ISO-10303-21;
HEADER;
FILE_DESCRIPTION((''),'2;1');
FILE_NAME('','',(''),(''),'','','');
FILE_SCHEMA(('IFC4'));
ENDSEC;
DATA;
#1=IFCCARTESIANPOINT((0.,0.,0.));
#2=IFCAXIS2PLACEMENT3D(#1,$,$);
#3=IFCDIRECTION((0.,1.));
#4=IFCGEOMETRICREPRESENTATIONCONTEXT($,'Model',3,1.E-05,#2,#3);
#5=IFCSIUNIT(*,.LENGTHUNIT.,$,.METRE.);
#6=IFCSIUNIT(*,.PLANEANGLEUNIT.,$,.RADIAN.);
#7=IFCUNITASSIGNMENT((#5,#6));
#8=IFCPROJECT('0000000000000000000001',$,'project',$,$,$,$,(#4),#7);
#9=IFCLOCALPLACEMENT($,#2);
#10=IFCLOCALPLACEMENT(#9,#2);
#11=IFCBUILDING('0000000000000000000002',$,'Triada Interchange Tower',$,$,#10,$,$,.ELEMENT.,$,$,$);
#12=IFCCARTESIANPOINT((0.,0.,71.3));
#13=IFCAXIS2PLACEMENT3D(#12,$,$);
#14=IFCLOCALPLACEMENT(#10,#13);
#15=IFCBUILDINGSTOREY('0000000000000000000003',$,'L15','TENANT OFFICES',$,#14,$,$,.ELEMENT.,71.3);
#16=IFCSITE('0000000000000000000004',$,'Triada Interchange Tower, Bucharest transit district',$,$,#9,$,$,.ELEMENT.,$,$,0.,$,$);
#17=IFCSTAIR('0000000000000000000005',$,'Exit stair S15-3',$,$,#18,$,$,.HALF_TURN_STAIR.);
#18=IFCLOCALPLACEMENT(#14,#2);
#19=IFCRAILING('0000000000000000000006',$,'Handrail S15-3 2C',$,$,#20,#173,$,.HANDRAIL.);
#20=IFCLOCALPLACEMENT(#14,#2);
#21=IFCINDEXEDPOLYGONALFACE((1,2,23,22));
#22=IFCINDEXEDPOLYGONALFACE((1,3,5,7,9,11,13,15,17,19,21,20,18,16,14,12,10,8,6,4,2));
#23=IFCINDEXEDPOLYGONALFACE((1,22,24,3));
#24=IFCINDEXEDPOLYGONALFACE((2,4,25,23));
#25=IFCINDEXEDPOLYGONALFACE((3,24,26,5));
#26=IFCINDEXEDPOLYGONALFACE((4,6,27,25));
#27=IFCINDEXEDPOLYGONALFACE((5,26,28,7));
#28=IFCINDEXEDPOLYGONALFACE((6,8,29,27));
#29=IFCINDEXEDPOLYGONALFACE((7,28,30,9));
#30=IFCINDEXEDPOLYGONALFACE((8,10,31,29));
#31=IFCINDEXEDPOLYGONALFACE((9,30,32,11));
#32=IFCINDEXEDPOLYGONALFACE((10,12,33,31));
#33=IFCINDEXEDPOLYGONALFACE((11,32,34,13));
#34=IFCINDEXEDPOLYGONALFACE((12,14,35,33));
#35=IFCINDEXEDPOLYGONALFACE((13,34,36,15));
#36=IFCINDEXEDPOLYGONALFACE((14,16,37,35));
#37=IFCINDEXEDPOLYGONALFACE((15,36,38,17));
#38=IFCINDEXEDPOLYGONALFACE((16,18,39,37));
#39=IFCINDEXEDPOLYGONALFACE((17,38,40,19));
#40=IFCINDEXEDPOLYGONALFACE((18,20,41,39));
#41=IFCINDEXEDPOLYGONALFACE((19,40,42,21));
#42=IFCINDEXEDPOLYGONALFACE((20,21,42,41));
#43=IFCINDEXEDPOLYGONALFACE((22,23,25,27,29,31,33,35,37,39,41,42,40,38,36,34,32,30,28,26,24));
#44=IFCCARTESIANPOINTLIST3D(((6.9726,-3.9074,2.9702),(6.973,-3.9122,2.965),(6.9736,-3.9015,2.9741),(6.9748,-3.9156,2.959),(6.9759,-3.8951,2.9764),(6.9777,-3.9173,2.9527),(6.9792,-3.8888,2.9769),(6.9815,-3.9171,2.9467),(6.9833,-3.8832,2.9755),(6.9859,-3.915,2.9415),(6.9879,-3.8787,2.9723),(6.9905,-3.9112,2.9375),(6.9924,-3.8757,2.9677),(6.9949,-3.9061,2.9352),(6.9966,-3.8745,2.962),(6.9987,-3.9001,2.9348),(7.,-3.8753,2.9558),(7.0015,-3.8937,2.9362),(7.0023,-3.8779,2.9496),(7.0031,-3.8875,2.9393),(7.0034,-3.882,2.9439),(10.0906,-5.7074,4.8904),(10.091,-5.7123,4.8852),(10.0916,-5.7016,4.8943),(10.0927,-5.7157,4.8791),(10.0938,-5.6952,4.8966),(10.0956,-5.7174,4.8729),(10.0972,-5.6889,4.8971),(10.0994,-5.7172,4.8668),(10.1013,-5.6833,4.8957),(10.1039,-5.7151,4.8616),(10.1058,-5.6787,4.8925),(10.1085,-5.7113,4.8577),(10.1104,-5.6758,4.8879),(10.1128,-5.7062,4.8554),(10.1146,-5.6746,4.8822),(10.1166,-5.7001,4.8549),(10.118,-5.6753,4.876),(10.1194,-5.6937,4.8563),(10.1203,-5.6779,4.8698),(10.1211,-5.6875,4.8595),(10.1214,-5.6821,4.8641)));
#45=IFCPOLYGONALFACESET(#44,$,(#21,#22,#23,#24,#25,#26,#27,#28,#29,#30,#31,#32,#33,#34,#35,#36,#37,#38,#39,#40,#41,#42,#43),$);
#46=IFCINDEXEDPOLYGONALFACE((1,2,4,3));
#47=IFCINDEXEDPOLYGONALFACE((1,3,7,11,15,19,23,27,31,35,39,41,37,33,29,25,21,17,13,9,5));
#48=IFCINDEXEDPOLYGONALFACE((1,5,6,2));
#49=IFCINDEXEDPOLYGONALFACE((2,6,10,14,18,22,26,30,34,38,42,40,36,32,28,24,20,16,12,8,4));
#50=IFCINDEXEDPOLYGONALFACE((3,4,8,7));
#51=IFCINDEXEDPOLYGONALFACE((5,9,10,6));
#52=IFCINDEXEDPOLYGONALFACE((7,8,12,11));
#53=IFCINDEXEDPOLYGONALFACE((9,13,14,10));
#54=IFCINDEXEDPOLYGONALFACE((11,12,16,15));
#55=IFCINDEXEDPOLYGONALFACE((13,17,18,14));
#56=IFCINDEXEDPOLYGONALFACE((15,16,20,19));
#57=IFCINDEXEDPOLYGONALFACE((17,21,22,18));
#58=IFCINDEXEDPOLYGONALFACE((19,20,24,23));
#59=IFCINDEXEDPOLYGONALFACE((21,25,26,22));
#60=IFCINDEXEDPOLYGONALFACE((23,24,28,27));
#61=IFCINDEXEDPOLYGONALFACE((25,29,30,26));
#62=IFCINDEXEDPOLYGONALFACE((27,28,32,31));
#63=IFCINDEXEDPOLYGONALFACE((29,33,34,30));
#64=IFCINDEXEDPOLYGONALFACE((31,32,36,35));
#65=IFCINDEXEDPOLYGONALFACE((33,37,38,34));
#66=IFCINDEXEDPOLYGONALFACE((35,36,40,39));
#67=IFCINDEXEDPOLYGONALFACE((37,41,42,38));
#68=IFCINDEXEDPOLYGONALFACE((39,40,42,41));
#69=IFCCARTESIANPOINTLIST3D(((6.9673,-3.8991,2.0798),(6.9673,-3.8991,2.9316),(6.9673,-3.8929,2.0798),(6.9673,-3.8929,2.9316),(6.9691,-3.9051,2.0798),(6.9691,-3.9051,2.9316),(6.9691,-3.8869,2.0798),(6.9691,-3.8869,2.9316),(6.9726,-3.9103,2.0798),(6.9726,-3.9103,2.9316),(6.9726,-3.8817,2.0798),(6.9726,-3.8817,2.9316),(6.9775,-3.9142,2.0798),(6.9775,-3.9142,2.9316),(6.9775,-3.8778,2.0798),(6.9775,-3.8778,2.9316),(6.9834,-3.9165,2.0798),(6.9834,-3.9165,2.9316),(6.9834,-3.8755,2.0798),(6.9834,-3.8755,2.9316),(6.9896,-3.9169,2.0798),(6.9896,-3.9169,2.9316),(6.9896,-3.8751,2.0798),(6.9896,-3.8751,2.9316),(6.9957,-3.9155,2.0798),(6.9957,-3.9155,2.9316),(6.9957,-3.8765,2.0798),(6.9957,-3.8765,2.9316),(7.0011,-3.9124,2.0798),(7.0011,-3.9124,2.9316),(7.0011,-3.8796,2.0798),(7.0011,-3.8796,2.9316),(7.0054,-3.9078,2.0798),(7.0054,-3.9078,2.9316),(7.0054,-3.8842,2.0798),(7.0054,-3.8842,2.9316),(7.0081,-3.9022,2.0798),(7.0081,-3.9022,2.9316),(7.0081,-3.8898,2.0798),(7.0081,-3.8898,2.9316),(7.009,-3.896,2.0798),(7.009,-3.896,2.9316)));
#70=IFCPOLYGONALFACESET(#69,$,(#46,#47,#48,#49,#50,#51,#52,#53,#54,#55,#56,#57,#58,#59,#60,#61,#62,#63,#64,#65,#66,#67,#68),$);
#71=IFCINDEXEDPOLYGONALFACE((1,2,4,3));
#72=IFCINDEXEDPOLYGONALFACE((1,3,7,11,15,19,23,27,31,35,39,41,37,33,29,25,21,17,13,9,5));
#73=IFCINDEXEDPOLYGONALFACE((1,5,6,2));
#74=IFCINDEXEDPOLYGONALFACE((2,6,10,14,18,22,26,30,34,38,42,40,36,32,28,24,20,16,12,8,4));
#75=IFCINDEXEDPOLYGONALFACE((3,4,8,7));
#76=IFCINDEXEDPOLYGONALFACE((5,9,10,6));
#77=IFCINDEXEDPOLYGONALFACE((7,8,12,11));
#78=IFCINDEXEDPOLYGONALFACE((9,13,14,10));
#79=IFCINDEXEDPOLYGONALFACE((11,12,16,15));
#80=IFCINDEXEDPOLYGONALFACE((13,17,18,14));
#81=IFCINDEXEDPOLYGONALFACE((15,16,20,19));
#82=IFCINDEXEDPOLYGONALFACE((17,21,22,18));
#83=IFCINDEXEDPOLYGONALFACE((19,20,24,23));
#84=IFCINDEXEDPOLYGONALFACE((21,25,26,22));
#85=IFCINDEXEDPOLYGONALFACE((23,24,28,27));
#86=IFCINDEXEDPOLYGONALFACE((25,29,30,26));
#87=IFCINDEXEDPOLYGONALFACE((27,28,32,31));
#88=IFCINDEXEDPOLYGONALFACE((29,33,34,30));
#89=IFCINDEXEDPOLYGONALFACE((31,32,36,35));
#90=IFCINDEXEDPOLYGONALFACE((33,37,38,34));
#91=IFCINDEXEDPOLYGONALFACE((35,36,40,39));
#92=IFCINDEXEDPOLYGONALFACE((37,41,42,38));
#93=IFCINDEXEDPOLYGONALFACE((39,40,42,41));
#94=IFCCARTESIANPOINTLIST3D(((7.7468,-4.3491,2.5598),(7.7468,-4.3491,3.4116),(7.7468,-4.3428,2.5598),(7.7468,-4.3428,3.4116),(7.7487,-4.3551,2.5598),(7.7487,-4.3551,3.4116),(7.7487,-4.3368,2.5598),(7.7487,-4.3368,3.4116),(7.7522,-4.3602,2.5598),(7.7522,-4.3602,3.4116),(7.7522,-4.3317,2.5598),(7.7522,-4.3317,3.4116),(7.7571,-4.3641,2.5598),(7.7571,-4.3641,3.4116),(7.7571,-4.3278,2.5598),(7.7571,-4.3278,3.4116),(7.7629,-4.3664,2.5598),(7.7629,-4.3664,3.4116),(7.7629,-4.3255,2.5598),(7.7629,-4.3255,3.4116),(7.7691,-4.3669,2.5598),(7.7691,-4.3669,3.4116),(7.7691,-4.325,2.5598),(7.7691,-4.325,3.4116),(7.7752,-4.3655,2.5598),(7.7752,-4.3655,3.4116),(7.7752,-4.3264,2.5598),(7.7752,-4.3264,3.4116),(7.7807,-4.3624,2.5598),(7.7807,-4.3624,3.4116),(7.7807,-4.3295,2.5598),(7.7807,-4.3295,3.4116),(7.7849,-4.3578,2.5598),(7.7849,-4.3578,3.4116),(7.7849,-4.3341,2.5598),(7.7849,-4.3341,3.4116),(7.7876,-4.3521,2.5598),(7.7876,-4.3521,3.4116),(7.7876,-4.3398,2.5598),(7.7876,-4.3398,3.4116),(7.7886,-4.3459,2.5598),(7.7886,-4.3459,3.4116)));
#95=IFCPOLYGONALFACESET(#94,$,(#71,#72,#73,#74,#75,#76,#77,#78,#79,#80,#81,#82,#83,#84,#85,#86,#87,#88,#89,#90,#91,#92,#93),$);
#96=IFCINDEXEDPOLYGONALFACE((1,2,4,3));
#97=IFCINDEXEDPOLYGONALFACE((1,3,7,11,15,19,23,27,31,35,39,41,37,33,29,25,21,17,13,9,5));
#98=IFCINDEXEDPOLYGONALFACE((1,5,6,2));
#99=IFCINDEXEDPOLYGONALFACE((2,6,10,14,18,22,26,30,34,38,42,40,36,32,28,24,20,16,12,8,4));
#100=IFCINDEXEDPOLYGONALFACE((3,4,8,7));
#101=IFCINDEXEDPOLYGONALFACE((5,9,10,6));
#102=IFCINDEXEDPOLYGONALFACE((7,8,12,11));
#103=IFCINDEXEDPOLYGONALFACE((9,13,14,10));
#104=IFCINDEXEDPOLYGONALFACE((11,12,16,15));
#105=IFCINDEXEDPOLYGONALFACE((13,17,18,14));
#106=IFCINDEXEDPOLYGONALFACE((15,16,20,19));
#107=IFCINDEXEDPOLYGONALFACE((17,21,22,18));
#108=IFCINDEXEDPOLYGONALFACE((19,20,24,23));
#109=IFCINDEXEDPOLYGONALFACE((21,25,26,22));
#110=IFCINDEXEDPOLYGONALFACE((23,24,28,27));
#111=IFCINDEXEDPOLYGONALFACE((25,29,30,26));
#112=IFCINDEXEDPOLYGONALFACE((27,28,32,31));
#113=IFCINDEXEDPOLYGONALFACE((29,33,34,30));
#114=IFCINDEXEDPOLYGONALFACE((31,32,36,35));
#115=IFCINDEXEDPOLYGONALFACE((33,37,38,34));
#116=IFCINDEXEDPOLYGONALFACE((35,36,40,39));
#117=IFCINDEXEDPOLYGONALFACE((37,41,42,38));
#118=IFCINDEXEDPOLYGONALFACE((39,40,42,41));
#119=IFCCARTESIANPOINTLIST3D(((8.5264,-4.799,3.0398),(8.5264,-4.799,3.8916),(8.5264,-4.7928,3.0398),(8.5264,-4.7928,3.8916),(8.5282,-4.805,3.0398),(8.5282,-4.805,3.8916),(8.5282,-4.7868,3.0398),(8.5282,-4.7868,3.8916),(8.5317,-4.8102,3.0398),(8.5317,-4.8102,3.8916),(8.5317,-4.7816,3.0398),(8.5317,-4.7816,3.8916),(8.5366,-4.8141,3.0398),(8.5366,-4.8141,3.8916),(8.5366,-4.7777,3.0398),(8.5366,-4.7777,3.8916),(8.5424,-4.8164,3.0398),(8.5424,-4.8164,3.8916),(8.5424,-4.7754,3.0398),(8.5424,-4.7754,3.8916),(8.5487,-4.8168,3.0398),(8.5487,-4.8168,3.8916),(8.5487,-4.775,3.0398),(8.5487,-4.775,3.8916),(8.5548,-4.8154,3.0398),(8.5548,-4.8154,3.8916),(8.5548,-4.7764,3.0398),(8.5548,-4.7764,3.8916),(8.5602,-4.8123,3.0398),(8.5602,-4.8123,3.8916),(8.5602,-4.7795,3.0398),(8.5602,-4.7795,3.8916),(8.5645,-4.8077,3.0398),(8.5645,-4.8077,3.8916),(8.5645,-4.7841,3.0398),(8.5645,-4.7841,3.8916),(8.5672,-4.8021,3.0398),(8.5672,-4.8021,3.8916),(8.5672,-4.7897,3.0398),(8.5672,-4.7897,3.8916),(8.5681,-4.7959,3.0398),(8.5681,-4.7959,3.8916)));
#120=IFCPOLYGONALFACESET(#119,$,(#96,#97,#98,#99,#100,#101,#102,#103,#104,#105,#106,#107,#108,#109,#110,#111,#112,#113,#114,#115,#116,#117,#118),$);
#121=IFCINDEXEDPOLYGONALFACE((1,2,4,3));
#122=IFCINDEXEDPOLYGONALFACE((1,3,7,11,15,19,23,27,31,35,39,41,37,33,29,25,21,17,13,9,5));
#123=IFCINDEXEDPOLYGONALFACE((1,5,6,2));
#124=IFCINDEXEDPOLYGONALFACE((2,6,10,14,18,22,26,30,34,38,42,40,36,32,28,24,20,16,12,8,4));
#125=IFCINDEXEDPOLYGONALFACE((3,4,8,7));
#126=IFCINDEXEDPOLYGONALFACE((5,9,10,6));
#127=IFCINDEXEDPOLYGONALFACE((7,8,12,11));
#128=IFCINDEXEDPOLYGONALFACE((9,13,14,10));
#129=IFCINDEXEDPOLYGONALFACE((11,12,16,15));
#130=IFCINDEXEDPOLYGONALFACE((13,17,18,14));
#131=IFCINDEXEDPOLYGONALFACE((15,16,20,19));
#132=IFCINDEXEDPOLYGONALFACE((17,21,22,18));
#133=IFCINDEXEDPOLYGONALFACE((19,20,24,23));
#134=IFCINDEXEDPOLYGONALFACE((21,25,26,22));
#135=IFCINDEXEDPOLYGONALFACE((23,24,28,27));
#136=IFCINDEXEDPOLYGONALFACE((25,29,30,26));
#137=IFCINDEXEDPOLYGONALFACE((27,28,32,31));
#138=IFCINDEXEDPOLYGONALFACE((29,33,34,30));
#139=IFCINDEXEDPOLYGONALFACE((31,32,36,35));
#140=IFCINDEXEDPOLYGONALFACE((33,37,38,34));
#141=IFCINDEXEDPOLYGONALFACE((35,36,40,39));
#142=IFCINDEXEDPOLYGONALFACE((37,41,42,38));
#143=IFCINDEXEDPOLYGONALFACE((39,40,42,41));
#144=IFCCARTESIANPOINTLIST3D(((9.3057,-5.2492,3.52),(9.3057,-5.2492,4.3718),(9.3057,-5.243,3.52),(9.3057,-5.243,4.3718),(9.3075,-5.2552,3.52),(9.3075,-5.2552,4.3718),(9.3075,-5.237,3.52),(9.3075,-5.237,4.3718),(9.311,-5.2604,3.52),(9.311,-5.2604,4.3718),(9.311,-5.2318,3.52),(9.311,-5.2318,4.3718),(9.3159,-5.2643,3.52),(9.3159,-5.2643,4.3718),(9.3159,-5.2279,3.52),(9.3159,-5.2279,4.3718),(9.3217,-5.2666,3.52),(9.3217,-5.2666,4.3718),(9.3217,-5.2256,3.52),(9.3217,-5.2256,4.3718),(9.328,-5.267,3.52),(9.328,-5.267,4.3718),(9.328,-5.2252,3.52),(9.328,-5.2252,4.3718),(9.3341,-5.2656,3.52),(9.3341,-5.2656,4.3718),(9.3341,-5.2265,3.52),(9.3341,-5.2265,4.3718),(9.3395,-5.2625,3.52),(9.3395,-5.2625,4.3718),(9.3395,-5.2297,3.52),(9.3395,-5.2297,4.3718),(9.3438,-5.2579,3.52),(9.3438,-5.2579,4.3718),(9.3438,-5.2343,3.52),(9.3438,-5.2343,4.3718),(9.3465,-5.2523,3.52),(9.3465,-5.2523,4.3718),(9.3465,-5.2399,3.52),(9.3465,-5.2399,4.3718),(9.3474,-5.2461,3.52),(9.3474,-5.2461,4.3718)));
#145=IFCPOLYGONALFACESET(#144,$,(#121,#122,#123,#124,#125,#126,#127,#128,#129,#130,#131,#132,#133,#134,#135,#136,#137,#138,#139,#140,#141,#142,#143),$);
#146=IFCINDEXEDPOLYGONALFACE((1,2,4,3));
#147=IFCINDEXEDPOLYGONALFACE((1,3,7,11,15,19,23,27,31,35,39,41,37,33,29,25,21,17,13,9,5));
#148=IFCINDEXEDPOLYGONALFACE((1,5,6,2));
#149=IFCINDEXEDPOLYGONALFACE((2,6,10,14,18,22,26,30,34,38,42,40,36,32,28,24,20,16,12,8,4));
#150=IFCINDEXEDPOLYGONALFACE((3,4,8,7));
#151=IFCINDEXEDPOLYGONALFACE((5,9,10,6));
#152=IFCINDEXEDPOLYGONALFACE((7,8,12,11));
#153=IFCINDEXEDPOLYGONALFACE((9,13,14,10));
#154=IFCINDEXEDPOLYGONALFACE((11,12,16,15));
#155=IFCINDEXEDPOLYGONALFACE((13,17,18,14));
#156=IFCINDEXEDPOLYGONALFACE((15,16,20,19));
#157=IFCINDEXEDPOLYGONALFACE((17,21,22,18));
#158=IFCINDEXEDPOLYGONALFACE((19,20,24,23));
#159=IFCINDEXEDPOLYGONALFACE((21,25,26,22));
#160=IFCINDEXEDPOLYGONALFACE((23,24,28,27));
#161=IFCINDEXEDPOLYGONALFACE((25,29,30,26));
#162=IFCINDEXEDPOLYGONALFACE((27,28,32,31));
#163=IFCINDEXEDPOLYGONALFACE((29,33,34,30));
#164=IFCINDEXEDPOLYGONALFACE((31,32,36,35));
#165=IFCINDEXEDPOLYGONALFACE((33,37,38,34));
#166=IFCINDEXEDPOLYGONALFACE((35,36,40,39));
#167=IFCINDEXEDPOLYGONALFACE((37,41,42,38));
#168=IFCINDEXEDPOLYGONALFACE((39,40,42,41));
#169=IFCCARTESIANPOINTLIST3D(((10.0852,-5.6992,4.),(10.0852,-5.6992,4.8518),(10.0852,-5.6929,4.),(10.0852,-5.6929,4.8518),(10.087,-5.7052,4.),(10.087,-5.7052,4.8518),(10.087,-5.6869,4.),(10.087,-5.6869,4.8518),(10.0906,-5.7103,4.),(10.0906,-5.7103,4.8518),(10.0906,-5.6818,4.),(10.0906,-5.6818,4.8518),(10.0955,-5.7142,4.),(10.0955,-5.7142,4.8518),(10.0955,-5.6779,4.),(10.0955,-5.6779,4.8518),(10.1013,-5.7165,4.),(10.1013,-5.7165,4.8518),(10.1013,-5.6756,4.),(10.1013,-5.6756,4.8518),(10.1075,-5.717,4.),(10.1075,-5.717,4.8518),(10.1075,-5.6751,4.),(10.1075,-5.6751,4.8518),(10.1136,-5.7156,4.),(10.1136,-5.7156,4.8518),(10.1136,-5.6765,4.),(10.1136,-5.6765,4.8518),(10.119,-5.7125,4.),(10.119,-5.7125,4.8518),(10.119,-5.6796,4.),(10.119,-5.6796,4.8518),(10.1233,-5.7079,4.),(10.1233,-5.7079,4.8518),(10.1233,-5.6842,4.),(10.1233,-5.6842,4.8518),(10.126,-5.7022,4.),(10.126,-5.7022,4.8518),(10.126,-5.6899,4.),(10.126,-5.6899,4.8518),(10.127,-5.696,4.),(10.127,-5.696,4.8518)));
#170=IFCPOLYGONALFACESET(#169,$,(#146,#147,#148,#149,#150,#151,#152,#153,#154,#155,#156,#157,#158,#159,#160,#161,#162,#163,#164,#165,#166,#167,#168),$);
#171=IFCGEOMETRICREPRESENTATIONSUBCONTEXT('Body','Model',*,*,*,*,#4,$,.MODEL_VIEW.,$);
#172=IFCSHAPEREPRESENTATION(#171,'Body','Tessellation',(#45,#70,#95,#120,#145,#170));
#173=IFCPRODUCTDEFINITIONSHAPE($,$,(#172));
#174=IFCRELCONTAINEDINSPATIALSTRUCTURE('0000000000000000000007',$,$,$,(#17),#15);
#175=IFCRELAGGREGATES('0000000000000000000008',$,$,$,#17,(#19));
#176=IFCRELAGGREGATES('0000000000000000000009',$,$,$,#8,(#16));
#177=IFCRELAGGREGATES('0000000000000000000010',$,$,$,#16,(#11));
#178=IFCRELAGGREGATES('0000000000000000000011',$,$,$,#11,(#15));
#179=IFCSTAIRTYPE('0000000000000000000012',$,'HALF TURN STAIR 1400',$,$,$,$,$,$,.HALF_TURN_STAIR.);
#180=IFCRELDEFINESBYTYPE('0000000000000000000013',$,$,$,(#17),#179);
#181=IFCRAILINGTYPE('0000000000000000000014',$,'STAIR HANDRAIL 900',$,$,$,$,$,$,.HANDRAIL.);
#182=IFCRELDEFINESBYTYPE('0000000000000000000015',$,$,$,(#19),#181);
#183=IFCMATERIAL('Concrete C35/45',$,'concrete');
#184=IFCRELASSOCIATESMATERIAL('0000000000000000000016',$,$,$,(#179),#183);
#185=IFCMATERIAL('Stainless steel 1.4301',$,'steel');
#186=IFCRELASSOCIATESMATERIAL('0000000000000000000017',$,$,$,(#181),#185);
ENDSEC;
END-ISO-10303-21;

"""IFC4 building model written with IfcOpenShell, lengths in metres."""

from ifc_helpers import new_model, si_unit, direction, frame, origin, origin_2d, place, context, subcontext, project, spatial, circle, extrude, material, type_object, element, aggregate, save


model = new_model("IFC4")

# Units and contexts
model_context = context("Model", 3, precision=1e-05, world=origin(), true_north=direction((0.0, 1.0)))
body_context = subcontext(model_context, "Body", "Model", "MODEL_VIEW")
ifc_project = project(units=[si_unit("LENGTHUNIT", "METRE"), si_unit("PLANEANGLEUNIT", "RADIAN")], contexts=[model_context])

# Site, building, storey
site_placement = place(None, origin())
site = spatial("IfcSite", under=ifc_project, at=site_placement, Name="Triada Interchange Tower, Bucharest transit district", CompositionType="ELEMENT", RefElevation=0.0)
building_placement = place(site_placement, origin())
building = spatial("IfcBuilding", under=site, at=building_placement, Name="Triada Interchange Tower", CompositionType="ELEMENT")
storey_placement = place(building_placement, frame((0.0, 0.0, 71.3)))
storey = spatial("IfcBuildingStorey", under=building, at=storey_placement, Name="L15", Description="TENANT OFFICES", CompositionType="ELEMENT", Elevation=71.3)

# Stair, railing
ifc_material_1 = material(Name="Concrete C35/45", Category="concrete")
stair_type = type_object("IfcStairType", Name="HALF TURN STAIR 1400", PredefinedType="HALF_TURN_STAIR", material=ifc_material_1)
stair_placement = place(storey_placement, origin())
stair = element("IfcStair", 1, at=stair_placement, inside=storey, type_object=stair_type, Name="Exit stair S15-3", PredefinedType="HALF_TURN_STAIR")
ifc_material_2 = material(Name="Stainless steel 1.4301", Category="steel")
railing_type = type_object("IfcRailingType", Name="STAIR HANDRAIL 900", PredefinedType="HANDRAIL", material=ifc_material_2)
railing_1_placement = place(storey_placement, frame((6.988, -3.896, 2.0798)))
railing_1 = element("IfcRailing", 2, at=railing_1_placement, type_object=railing_type, Name="Handrail S15-3 2C", PredefinedType="HANDRAIL", context=body_context, shape_type="SweptSolid", body=[
    extrude(circle(Radius=0.0239, at=origin_2d()), frame((0.0, 0.0, 0.876), z_axis=(0.764145, -0.441159, 0.470597), x_axis=(0.499983, 0.866035, 0.0)), (0.0, 0.0, 1.0), 4.0803),
    extrude(circle(Radius=0.021, at=origin_2d()), origin(), (0.0, 0.0, 1.0), 0.8518),
    extrude(circle(Radius=0.021, at=origin_2d()), frame((0.7795, -0.45, 0.48)), (0.0, 0.0, 1.0), 0.8518),
    extrude(circle(Radius=0.021, at=origin_2d()), frame((1.5591, -0.8999, 0.96)), (0.0, 0.0, 1.0), 0.8518),
    extrude(circle(Radius=0.021, at=origin_2d()), frame((2.3384, -1.3501, 1.4402)), (0.0, 0.0, 1.0), 0.8518),
    extrude(circle(Radius=0.021, at=origin_2d()), frame((3.1179, -1.8, 1.9202)), (0.0, 0.0, 1.0), 0.8518),
])
aggregate(stair, [railing_1])

save(model, "model.ifc")
